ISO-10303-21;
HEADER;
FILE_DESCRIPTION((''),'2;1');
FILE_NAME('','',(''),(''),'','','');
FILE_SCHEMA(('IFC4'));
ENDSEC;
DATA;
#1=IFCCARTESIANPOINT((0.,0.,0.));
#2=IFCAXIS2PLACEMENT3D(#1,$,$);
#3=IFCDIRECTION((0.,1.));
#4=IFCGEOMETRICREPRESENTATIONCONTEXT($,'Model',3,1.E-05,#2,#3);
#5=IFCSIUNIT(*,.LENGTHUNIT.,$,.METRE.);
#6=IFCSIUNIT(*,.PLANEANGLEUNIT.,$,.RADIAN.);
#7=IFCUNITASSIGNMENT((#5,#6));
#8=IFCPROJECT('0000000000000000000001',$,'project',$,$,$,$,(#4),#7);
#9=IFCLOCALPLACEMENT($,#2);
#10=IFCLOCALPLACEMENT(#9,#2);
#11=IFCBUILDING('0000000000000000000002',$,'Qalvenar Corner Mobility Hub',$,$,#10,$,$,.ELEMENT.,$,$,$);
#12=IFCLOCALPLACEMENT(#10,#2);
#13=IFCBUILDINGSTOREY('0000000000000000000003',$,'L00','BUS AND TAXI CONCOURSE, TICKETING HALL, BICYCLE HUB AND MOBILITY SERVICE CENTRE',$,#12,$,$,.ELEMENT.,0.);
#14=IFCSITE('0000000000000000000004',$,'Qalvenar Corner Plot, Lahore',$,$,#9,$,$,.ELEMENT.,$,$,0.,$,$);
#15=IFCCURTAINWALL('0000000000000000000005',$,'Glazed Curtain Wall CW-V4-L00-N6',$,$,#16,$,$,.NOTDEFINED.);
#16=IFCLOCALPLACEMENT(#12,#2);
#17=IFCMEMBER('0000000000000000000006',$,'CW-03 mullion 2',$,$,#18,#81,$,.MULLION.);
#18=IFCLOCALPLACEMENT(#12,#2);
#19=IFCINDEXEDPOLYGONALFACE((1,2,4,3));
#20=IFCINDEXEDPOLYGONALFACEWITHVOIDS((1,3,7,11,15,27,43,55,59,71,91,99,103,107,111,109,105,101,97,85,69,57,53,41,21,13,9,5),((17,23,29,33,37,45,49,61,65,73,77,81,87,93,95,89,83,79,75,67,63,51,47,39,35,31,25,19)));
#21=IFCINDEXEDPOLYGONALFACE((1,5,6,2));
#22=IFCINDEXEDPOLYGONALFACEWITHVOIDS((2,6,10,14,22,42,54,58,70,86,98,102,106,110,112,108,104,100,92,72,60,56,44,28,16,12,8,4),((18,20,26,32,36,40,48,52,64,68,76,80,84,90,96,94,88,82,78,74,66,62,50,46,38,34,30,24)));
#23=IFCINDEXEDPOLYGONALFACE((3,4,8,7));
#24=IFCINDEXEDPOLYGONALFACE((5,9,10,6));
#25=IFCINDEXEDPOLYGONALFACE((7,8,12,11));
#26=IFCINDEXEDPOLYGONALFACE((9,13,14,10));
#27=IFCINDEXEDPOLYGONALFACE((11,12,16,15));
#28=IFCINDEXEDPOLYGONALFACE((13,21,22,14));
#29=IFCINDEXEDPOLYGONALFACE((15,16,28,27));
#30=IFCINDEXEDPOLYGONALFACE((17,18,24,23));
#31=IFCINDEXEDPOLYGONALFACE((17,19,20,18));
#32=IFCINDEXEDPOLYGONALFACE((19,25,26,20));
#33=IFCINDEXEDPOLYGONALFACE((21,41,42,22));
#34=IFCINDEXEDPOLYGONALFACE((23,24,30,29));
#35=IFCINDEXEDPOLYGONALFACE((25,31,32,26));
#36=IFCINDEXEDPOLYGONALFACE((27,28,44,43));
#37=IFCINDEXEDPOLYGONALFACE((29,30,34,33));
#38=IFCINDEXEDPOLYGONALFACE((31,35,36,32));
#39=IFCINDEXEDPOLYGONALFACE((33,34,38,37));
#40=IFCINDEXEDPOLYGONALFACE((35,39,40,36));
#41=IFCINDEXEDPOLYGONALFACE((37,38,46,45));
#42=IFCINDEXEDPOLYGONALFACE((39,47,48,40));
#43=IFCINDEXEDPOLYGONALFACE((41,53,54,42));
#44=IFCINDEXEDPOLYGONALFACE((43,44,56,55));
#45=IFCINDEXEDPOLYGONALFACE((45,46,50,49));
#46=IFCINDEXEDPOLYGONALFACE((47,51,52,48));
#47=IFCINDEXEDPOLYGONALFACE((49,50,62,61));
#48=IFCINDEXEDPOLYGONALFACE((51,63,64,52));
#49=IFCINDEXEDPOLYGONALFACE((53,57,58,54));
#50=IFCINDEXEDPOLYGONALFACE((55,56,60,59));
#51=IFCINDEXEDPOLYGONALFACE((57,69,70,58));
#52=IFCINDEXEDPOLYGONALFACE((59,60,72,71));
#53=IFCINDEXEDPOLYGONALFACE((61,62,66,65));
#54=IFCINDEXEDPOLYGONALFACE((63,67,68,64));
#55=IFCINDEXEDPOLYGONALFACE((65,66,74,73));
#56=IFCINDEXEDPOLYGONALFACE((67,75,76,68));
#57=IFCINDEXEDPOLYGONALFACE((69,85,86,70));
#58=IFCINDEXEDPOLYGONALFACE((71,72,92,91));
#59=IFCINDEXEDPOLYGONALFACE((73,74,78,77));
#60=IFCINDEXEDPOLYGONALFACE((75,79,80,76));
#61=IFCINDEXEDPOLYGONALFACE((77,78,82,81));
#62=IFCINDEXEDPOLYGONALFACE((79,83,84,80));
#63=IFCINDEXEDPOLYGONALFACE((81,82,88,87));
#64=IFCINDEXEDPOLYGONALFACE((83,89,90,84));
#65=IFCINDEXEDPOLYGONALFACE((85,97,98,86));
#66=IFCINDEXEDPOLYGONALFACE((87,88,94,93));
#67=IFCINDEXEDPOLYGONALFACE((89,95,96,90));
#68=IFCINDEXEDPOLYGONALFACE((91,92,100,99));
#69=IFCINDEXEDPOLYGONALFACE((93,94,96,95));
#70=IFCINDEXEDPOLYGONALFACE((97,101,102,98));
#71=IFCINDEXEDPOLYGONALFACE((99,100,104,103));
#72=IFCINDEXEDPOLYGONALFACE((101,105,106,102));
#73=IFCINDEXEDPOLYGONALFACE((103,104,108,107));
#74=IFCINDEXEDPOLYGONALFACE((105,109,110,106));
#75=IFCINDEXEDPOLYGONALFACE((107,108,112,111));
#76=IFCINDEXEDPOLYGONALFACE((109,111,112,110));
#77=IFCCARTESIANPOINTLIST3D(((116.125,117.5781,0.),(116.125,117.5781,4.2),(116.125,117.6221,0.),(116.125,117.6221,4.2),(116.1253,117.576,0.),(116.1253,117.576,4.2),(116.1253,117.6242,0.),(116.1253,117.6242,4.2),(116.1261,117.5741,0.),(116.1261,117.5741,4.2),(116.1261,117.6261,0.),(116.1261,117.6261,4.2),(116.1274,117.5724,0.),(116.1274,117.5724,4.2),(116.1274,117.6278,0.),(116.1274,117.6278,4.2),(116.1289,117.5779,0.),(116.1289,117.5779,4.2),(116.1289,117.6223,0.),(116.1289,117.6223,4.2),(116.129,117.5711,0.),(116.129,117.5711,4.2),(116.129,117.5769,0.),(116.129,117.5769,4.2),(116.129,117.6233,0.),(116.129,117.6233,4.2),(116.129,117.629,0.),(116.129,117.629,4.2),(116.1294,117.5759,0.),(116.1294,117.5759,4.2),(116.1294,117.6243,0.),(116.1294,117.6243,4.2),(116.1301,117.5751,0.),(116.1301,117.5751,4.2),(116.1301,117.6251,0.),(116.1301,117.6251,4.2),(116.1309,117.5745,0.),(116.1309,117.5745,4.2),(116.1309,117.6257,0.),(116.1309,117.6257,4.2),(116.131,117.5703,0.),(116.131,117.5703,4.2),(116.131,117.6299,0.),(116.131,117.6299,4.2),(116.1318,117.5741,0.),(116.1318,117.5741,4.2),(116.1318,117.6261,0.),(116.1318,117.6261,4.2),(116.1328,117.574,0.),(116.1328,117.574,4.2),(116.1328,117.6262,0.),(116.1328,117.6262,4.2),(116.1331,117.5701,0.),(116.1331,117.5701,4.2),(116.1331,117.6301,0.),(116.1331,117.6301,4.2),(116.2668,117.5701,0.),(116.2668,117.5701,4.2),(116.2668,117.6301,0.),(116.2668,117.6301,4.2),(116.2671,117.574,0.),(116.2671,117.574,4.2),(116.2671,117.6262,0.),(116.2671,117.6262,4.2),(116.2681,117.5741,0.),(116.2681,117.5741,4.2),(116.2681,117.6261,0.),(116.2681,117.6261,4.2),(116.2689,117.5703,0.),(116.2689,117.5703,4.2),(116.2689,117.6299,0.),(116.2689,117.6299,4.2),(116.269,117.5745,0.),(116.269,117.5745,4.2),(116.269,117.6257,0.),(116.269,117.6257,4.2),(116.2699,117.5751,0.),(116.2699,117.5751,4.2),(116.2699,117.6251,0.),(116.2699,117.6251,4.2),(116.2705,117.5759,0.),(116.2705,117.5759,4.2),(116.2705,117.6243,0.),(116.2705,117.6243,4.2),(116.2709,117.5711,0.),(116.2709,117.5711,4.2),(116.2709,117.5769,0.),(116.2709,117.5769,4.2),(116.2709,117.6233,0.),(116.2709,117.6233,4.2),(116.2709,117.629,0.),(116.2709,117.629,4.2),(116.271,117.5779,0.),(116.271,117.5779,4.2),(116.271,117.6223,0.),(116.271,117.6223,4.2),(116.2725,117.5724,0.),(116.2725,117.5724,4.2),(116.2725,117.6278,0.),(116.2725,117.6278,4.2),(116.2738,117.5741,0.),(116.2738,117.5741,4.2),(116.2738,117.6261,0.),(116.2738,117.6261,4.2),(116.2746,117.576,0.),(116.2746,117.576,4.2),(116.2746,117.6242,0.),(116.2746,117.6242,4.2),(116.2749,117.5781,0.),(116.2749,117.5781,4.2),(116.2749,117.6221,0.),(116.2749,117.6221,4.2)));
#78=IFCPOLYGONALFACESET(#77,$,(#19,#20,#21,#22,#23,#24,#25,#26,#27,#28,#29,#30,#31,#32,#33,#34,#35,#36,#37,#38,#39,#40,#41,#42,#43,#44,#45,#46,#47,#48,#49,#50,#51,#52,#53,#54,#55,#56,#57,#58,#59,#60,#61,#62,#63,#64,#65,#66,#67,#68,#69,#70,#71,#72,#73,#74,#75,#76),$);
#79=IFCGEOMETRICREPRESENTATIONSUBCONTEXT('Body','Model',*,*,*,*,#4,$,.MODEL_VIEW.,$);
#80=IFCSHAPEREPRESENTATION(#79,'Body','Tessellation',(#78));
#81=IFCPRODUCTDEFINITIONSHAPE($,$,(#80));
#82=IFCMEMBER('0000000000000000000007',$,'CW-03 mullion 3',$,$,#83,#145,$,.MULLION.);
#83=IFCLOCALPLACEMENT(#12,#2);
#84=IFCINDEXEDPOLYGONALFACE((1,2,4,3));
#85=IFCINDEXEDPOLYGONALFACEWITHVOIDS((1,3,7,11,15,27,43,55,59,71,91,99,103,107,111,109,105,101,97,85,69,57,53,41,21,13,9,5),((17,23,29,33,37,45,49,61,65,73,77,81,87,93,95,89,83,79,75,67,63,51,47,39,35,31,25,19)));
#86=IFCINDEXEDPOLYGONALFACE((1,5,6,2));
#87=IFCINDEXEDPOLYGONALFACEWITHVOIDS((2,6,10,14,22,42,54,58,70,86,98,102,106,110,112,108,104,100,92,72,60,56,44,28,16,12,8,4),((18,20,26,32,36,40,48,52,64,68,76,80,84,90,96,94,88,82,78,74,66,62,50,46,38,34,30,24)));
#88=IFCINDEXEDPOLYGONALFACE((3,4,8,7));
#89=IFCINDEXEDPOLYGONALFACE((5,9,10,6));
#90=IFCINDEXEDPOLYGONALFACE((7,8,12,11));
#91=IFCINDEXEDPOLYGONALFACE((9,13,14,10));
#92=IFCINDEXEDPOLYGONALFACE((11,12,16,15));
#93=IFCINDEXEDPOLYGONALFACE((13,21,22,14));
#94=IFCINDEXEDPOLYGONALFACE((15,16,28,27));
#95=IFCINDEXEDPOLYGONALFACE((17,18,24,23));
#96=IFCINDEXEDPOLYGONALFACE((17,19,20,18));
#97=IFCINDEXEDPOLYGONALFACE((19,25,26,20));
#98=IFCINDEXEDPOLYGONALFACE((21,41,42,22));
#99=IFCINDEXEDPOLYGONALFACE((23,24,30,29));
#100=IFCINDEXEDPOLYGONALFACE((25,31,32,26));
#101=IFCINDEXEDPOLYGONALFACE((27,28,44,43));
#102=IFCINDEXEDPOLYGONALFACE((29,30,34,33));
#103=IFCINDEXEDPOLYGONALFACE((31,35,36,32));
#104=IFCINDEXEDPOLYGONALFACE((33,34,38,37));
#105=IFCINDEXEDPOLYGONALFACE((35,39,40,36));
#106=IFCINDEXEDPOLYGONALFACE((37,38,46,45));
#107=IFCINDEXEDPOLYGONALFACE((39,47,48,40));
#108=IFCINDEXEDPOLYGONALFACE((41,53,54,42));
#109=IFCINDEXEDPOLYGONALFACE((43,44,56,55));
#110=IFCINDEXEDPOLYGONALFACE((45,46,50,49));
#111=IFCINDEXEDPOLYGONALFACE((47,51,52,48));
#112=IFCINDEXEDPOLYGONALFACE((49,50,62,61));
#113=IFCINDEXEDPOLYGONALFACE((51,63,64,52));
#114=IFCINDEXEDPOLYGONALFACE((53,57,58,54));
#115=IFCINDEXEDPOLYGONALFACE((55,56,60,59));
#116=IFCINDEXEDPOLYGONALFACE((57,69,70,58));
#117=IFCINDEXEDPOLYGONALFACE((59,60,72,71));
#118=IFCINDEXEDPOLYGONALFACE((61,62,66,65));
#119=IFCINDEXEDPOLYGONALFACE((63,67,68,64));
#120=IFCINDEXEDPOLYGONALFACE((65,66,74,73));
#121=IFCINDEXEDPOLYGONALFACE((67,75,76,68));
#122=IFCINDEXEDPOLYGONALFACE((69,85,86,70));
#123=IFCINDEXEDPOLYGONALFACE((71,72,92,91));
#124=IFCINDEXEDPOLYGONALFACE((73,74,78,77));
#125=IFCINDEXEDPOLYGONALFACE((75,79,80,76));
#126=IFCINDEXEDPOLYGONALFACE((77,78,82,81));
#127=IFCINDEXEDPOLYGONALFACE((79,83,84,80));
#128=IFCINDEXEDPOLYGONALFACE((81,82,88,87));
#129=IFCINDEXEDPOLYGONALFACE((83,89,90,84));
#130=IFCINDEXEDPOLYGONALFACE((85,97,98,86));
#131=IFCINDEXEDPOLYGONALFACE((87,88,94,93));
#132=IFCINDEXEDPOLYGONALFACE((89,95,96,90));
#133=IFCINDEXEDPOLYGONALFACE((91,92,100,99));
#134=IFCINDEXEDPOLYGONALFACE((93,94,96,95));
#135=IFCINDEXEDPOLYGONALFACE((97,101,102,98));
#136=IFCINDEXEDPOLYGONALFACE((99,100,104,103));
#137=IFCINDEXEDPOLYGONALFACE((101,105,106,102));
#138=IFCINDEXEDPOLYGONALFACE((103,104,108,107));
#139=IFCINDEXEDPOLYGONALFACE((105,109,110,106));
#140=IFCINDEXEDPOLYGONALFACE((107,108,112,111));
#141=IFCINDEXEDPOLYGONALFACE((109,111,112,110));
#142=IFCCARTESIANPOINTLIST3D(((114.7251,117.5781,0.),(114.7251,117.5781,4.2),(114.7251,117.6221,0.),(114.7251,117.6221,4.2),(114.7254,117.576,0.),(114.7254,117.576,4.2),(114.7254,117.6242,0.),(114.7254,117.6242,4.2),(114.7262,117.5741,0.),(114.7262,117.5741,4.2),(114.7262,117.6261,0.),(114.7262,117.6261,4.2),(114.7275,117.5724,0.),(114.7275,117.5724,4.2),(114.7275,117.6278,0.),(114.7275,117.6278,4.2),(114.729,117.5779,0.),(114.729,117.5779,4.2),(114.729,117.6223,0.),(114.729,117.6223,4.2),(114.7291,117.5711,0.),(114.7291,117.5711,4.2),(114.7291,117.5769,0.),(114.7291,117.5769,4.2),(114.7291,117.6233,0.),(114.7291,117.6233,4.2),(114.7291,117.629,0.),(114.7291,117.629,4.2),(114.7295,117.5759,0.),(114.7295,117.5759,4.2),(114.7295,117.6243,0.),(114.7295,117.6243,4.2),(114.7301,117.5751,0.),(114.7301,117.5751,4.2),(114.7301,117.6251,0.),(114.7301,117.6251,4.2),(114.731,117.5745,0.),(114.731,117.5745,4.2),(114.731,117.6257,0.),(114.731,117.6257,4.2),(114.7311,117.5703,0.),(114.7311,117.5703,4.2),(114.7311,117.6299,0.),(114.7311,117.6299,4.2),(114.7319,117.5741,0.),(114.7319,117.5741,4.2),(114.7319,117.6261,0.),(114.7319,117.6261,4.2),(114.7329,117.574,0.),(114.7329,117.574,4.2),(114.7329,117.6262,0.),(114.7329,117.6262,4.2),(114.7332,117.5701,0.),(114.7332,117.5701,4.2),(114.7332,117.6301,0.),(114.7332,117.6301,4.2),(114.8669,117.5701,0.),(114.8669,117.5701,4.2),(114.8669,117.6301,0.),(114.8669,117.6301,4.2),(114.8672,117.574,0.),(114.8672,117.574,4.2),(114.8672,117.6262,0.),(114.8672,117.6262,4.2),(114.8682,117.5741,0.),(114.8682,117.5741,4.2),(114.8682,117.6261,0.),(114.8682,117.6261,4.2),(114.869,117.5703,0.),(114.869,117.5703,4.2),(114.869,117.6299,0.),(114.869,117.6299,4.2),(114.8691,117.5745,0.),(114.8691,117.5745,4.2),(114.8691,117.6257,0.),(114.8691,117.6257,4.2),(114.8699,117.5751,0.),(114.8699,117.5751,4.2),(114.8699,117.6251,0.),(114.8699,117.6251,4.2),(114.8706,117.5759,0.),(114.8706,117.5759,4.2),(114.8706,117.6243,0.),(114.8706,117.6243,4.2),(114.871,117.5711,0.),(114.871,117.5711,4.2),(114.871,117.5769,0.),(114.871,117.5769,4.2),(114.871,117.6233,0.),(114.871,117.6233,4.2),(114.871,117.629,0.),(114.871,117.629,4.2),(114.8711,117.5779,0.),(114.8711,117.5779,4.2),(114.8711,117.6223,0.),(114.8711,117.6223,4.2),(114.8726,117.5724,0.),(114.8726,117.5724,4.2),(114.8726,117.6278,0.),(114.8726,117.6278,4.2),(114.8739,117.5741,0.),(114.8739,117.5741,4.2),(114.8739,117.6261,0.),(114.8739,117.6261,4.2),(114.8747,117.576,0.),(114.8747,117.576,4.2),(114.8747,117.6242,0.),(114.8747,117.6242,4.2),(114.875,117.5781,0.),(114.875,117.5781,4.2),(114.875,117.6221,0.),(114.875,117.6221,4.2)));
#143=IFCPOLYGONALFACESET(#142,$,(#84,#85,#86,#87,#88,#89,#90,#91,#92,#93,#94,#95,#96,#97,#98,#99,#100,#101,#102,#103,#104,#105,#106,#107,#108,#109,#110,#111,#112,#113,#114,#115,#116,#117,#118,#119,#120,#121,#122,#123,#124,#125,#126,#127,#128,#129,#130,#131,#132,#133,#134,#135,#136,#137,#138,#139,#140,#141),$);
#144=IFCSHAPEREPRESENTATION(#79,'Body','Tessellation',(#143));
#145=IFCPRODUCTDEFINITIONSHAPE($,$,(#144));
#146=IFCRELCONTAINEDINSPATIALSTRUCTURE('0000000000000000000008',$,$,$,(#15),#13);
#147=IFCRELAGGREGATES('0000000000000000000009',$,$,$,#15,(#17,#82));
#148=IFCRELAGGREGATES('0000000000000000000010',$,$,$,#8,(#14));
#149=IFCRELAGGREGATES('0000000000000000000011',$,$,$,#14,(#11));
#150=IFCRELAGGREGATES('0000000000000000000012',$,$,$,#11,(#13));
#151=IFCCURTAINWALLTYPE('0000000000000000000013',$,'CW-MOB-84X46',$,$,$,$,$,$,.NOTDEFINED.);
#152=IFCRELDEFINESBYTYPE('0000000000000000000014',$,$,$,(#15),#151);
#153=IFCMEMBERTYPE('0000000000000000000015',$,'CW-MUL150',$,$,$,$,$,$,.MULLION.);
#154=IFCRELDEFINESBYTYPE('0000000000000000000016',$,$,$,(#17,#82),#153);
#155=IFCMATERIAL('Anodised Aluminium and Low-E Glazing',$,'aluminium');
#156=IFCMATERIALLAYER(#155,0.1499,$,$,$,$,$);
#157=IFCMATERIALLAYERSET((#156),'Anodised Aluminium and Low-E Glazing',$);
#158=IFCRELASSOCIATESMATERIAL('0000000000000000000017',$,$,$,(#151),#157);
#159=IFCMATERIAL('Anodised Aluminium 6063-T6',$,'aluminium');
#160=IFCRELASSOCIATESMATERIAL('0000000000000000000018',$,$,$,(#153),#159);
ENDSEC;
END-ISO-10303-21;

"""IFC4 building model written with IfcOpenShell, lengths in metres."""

from ifc_helpers import new_model, si_unit, direction, frame, origin, origin_2d, place, context, subcontext, project, spatial, hollow_rectangle, extrude, material, layer, layer_set, material_profile, profile_set, type_object, element, aggregate, save


model = new_model("IFC4")

# Units and contexts
model_context = context("Model", 3, precision=1e-05, world=origin(), true_north=direction((0.0, 1.0)))
body_context = subcontext(model_context, "Body", "Model", "MODEL_VIEW")
ifc_project = project(units=[si_unit("LENGTHUNIT", "METRE"), si_unit("PLANEANGLEUNIT", "RADIAN")], contexts=[model_context])

# Site, building, storey
site_placement = place(None, origin())
site = spatial("IfcSite", under=ifc_project, at=site_placement, Name="Qalvenar Corner Plot, Lahore", CompositionType="ELEMENT", RefElevation=0.0)
building_placement = place(site_placement, origin())
building = spatial("IfcBuilding", under=site, at=building_placement, Name="Qalvenar Corner Mobility Hub", CompositionType="ELEMENT")
storey_placement = place(building_placement, origin())
storey = spatial("IfcBuildingStorey", under=building, at=storey_placement, Name="L00", Description="BUS AND TAXI CONCOURSE, TICKETING HALL, BICYCLE HUB AND MOBILITY SERVICE CENTRE", CompositionType="ELEMENT", Elevation=0.0)

# Curtain wall, members
ifc_material_1 = material(Name="Anodised Aluminium and Low-E Glazing", Category="aluminium")
ifc_layer_1 = layer(ifc_material_1, 0.1499)
ifc_layer_set_1 = layer_set([ifc_layer_1], Name="Anodised Aluminium and Low-E Glazing")
curtain_wall_type = type_object("IfcCurtainWallType", Name="CW-MOB-84X46", PredefinedType="NOTDEFINED", material=ifc_layer_set_1)
curtain_wall_placement = place(storey_placement, origin())
curtain_wall = element("IfcCurtainWall", 1, at=curtain_wall_placement, inside=storey, type_object=curtain_wall_type, Name="Glazed Curtain Wall CW-V4-L00-N6", PredefinedType="NOTDEFINED")
ifc_material_2 = material(Name="Anodised Aluminium 6063-T6", Category="aluminium")
ifc_material_profile_1 = material_profile(ifc_material_2, hollow_rectangle(XDim=0.0601, YDim=0.1499, WallThickness=0.0039, InnerFilletRadius=0.0039, OuterFilletRadius=0.0081, at=origin_2d()), Name="RHS150x60x4")
ifc_profile_set_1 = profile_set([ifc_material_profile_1], Name="Anodised Aluminium 6063-T6")
member_type_1 = type_object("IfcMemberType", Name="CW-MUL150", PredefinedType="MULLION", material=ifc_profile_set_1)
member_1_placement = place(storey_placement, frame((116.2, 117.6001, 0.0), z_axis=(0.0, 0.0, 1.0), x_axis=(0.0, -1.0, 0.0)))
member_1 = element("IfcMember", 2, at=member_1_placement, type_object=member_type_1, Name="CW-03 mullion 2", PredefinedType="MULLION", context=body_context, shape_type="SweptSolid", body=[
    extrude(hollow_rectangle(XDim=0.0601, YDim=0.1499, WallThickness=0.0039, InnerFilletRadius=0.0039, OuterFilletRadius=0.0081, at=origin_2d()), origin(), (0.0, 0.0, 1.0), 4.2),
])
member_2_placement = place(storey_placement, frame((114.8, 117.6001, 0.0), z_axis=(0.0, 0.0, 1.0), x_axis=(0.0, -1.0, 0.0)))
member_2 = element("IfcMember", 3, at=member_2_placement, type_object=member_type_1, Name="CW-03 mullion 3", PredefinedType="MULLION", context=body_context, shape_type="SweptSolid", body=[
    extrude(hollow_rectangle(XDim=0.0601, YDim=0.1499, WallThickness=0.0039, InnerFilletRadius=0.0039, OuterFilletRadius=0.0081, at=origin_2d()), origin(), (0.0, 0.0, 1.0), 4.2),
])
aggregate(curtain_wall, [member_1, member_2])

save(model, "model.ifc")
